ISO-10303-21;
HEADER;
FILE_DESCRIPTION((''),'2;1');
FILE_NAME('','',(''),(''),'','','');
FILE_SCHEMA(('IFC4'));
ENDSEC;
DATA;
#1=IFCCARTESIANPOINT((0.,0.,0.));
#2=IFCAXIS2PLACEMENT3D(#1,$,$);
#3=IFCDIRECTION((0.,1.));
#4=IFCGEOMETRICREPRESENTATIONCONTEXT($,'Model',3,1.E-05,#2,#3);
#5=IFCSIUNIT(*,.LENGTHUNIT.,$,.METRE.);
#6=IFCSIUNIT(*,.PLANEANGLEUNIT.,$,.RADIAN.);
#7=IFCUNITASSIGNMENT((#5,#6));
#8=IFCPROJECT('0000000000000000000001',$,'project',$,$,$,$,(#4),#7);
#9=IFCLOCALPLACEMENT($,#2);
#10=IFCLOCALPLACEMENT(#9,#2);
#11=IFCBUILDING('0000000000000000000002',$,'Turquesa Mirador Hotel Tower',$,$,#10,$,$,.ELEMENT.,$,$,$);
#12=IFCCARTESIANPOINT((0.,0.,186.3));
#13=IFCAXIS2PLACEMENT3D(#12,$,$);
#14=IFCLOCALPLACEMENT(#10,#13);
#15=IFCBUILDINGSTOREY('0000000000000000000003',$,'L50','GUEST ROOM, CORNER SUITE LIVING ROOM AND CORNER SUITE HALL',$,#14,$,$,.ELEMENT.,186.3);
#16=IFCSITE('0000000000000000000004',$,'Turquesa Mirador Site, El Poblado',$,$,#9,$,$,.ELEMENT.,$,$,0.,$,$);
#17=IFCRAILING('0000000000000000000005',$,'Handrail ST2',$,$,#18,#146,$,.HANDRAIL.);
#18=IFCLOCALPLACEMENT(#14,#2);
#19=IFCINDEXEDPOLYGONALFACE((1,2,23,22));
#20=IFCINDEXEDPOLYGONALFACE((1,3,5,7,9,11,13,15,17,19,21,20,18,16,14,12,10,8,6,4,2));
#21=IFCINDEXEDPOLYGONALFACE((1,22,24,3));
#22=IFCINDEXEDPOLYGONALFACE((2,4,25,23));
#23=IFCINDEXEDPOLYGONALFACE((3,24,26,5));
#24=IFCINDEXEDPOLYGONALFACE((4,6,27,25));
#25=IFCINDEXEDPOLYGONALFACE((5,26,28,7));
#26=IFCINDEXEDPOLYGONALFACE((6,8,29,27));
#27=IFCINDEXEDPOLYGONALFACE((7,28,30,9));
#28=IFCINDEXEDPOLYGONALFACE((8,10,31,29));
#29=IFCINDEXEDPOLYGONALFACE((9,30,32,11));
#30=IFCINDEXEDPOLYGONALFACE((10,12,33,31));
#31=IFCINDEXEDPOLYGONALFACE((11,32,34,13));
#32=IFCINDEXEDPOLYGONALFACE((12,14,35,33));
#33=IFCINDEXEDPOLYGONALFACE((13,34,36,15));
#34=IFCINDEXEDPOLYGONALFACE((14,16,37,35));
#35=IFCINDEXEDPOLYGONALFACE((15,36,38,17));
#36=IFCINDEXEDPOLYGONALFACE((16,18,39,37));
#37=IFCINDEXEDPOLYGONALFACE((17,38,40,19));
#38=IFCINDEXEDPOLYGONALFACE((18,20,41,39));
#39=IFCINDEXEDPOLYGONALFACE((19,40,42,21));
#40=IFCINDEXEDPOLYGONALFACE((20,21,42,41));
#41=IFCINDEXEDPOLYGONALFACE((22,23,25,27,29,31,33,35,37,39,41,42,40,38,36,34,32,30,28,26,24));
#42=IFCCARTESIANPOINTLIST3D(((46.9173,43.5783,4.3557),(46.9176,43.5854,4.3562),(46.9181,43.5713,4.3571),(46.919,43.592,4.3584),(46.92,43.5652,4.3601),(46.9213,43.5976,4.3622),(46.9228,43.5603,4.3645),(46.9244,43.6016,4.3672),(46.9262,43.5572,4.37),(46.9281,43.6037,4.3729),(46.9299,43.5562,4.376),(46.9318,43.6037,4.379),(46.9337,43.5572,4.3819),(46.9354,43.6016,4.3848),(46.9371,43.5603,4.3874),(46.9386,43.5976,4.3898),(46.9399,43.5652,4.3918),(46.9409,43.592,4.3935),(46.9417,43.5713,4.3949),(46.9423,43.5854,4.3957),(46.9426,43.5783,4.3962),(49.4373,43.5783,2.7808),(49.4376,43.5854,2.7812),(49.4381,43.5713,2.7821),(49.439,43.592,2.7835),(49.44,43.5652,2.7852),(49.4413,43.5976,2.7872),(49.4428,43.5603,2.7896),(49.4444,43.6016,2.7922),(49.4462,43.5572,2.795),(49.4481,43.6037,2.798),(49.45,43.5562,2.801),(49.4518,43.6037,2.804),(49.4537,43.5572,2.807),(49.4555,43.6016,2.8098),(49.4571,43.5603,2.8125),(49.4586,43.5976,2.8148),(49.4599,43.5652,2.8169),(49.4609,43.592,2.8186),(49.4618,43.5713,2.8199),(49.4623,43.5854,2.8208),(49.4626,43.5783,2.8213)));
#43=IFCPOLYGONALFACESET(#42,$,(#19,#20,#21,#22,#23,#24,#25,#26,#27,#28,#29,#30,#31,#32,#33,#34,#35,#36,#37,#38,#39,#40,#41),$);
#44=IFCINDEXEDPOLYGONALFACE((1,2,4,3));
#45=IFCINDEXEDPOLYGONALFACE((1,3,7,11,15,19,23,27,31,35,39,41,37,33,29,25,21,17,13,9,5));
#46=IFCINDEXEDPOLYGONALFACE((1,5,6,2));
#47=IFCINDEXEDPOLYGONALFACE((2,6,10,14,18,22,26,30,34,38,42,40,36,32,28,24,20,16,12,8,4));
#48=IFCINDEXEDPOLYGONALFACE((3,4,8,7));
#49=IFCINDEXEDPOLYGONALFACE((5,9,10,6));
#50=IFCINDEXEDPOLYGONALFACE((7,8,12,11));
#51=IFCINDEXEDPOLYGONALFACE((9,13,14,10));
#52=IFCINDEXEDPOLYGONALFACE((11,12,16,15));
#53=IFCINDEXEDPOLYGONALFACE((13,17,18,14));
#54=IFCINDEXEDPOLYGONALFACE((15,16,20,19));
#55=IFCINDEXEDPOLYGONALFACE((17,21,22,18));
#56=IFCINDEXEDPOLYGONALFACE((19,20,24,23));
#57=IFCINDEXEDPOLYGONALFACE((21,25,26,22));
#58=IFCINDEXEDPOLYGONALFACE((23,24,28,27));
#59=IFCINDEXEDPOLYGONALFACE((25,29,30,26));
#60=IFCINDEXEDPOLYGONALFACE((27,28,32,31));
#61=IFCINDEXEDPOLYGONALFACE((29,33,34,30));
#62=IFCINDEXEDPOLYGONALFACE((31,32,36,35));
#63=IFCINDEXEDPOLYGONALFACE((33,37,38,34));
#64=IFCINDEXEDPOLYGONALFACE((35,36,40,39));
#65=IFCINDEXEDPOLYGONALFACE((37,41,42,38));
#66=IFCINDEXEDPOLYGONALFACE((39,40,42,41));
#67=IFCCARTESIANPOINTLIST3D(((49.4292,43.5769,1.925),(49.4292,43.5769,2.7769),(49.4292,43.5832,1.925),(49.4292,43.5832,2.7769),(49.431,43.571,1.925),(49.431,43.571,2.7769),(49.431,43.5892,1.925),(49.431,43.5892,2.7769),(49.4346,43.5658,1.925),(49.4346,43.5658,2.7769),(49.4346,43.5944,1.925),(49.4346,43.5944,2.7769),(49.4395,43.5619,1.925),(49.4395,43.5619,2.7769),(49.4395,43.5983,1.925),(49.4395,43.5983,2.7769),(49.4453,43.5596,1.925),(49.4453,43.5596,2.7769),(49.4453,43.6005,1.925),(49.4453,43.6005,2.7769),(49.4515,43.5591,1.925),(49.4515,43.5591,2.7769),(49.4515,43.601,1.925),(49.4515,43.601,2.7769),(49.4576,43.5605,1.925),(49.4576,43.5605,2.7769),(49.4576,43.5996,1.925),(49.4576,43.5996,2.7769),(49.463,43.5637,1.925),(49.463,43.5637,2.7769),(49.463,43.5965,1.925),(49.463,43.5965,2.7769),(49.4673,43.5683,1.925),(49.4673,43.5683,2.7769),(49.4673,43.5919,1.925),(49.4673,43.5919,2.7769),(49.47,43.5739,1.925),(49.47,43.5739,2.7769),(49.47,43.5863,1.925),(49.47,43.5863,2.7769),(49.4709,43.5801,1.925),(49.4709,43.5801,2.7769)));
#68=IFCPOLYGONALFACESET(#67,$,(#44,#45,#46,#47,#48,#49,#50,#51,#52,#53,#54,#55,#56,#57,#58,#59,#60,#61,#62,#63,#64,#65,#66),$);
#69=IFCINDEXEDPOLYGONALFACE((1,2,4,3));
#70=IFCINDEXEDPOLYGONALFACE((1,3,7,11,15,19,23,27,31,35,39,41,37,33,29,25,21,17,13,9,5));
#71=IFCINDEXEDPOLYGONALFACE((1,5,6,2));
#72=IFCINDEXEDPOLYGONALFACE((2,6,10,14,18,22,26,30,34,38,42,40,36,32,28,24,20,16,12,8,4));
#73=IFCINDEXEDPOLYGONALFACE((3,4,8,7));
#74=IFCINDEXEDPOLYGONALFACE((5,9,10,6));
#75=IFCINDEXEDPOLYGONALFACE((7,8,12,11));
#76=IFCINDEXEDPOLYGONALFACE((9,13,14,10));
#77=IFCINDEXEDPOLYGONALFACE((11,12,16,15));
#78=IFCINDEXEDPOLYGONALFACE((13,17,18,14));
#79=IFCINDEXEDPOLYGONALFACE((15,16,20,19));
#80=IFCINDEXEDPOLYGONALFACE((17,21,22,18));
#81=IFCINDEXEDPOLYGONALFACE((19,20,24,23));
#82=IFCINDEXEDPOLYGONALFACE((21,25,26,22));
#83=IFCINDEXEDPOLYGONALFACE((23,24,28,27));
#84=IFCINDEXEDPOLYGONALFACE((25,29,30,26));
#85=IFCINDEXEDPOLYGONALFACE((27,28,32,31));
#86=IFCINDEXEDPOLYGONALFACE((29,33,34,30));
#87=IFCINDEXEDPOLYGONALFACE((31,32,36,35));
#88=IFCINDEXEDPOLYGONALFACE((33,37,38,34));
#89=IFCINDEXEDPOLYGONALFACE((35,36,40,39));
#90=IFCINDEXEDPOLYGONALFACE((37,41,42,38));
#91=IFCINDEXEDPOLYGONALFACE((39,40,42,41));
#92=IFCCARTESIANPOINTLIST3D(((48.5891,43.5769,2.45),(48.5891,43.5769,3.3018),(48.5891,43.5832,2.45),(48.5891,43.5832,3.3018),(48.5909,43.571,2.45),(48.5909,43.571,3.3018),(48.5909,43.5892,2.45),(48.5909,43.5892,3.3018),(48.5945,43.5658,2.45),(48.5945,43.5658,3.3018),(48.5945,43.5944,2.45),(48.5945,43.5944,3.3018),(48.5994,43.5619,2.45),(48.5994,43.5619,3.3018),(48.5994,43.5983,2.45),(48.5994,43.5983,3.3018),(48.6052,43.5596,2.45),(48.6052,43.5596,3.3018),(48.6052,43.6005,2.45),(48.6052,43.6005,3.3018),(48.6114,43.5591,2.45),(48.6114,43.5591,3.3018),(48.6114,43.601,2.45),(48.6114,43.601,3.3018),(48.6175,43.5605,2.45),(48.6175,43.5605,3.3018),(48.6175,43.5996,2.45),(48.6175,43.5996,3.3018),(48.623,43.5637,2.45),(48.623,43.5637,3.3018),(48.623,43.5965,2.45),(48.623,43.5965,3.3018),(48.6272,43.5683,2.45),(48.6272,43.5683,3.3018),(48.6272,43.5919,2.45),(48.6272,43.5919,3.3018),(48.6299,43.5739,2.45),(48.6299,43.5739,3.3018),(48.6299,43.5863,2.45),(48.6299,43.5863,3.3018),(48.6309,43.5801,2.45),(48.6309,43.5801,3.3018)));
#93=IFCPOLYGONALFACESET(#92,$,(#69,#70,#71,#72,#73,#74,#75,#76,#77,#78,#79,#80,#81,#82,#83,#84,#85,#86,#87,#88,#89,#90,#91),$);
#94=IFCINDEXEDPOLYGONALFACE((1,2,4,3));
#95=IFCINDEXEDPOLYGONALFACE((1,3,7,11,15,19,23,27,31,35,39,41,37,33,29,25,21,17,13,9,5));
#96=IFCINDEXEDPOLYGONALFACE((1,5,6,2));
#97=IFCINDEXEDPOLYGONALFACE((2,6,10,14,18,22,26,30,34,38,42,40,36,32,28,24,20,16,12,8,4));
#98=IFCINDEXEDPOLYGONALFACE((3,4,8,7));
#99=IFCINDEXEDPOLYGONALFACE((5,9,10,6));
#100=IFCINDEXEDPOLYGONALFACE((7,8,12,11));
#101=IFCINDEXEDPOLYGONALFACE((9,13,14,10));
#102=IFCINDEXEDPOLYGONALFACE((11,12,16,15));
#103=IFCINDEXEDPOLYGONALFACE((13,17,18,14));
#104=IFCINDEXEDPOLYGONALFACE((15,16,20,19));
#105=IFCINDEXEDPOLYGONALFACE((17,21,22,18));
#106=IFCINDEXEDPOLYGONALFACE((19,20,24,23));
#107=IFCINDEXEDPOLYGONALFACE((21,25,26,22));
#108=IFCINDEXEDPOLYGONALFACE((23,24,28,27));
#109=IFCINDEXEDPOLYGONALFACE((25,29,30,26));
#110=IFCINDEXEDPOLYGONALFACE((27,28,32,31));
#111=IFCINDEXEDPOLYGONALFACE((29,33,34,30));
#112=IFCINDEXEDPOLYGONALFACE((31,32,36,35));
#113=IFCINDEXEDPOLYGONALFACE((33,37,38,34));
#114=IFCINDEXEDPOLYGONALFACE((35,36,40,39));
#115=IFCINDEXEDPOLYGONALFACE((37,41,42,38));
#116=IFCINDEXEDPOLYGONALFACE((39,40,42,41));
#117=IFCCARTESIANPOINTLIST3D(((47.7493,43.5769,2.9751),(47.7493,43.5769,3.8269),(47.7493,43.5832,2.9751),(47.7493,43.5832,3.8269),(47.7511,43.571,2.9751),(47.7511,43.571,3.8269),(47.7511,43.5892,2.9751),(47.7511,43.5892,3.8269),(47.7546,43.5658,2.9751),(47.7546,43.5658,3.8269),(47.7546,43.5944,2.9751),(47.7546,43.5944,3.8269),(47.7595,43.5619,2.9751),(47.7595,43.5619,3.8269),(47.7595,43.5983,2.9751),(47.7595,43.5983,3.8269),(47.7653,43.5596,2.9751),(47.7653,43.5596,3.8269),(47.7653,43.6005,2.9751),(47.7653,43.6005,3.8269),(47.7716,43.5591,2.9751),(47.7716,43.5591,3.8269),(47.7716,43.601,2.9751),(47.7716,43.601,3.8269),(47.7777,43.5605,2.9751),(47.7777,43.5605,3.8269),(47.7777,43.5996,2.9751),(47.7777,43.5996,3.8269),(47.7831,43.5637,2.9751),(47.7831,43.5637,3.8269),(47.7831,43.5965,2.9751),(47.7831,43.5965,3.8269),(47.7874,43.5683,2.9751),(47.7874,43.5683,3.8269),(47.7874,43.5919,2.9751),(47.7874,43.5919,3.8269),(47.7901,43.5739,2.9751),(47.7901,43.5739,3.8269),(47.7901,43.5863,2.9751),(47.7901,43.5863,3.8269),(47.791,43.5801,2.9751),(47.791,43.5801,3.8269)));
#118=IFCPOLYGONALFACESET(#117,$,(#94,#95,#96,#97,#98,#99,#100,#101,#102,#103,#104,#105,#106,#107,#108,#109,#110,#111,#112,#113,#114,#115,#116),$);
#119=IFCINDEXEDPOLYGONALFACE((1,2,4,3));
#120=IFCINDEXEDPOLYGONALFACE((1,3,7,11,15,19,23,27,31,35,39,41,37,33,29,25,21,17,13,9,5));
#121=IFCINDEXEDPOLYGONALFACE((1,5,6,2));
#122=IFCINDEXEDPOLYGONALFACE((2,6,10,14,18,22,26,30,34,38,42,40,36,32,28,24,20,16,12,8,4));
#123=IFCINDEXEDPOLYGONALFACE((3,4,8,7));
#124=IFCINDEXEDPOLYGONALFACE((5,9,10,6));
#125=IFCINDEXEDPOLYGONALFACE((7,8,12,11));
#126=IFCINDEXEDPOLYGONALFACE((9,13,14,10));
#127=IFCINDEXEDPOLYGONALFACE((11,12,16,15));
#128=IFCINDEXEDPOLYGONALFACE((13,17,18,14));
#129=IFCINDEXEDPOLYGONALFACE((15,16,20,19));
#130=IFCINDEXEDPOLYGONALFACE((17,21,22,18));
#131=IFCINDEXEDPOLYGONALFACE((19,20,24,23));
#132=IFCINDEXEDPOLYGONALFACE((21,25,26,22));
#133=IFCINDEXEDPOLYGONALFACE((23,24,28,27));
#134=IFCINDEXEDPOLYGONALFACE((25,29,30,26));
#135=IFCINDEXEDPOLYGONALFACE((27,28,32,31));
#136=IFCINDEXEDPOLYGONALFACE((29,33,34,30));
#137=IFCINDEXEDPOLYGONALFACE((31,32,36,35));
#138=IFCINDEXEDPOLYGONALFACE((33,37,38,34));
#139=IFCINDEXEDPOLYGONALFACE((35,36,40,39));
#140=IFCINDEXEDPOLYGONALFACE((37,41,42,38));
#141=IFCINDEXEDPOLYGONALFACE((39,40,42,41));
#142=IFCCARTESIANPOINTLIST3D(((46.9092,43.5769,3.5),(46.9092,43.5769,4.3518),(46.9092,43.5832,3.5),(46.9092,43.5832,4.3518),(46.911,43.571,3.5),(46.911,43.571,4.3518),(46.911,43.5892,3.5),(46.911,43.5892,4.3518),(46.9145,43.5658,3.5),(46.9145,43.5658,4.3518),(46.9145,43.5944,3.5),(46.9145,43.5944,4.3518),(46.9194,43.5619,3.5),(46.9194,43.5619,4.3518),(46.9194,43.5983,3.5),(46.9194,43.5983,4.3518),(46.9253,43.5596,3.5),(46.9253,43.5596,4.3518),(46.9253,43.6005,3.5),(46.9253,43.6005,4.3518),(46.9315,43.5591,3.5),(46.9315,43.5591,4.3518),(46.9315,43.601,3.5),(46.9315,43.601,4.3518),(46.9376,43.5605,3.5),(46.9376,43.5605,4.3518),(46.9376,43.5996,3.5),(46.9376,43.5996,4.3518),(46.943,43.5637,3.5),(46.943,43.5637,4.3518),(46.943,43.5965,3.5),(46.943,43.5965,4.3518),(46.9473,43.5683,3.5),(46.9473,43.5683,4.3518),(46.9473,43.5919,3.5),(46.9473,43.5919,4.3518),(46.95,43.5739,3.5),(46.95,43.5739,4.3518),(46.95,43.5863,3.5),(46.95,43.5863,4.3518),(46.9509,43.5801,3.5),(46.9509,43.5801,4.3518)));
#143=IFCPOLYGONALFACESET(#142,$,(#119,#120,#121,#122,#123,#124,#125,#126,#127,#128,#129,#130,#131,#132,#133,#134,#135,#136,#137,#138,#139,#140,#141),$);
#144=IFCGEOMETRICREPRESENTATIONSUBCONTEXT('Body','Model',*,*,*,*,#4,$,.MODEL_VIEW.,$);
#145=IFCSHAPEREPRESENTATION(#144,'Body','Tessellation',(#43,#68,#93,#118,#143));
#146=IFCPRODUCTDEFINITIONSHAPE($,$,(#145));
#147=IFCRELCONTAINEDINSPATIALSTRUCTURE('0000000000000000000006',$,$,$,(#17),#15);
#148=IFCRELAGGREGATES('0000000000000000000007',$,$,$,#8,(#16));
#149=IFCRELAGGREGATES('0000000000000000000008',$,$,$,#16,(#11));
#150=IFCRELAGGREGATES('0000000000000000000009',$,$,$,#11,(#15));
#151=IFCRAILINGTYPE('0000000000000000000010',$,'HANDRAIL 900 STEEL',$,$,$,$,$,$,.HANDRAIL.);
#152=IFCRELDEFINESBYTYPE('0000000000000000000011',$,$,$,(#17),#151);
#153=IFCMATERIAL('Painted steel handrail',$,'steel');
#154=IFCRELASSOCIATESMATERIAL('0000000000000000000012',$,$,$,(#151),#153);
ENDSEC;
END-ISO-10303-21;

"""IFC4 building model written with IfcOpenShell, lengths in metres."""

from ifc_helpers import new_model, si_unit, direction, frame, origin, origin_2d, place, context, subcontext, project, spatial, circle, extrude, material, type_object, element, save


model = new_model("IFC4")

# Units and contexts
model_context = context("Model", 3, precision=1e-05, world=origin(), true_north=direction((0.0, 1.0)))
body_context = subcontext(model_context, "Body", "Model", "MODEL_VIEW")
ifc_project = project(units=[si_unit("LENGTHUNIT", "METRE"), si_unit("PLANEANGLEUNIT", "RADIAN")], contexts=[model_context])

# Site, building, storey
site_placement = place(None, origin())
site = spatial("IfcSite", under=ifc_project, at=site_placement, Name="Turquesa Mirador Site, El Poblado", CompositionType="ELEMENT", RefElevation=0.0)
building_placement = place(site_placement, origin())
building = spatial("IfcBuilding", under=site, at=building_placement, Name="Turquesa Mirador Hotel Tower", CompositionType="ELEMENT")
storey_placement = place(building_placement, frame((0.0, 0.0, 186.3)))
storey = spatial("IfcBuildingStorey", under=building, at=storey_placement, Name="L50", Description="GUEST ROOM, CORNER SUITE LIVING ROOM AND CORNER SUITE HALL", CompositionType="ELEMENT", Elevation=186.3)

# Railing
ifc_material_1 = material(Name="Painted steel handrail", Category="steel")
railing_type = type_object("IfcRailingType", Name="HANDRAIL 900 STEEL", PredefinedType="HANDRAIL", material=ifc_material_1)
railing_1_placement = place(storey_placement, frame((49.45, 43.5801, 1.925)))
element("IfcRailing", 1, at=railing_1_placement, inside=storey, type_object=railing_type, Name="Handrail ST2", PredefinedType="HANDRAIL", context=body_context, shape_type="SweptSolid", body=[
    extrude(circle(Radius=0.0239, at=origin_2d()), frame((0.0, 0.0, 0.876), z_axis=(-0.848008, 0.0, 0.529984), x_axis=(0.0, -1.0, 0.0)), (0.0, 0.0, 1.0), 2.9717),
    extrude(circle(Radius=0.021, at=origin_2d()), origin(), (0.0, 0.0, 1.0), 0.8518),
    extrude(circle(Radius=0.021, at=origin_2d()), frame((-0.8401, 0.0, 0.5249)), (0.0, 0.0, 1.0), 0.8518),
    extrude(circle(Radius=0.021, at=origin_2d()), frame((-1.6799, 0.0, 1.05)), (0.0, 0.0, 1.0), 0.8518),
    extrude(circle(Radius=0.021, at=origin_2d()), frame((-2.52, 0.0, 1.575)), (0.0, 0.0, 1.0), 0.8518),
])

save(model, "model.ifc")
